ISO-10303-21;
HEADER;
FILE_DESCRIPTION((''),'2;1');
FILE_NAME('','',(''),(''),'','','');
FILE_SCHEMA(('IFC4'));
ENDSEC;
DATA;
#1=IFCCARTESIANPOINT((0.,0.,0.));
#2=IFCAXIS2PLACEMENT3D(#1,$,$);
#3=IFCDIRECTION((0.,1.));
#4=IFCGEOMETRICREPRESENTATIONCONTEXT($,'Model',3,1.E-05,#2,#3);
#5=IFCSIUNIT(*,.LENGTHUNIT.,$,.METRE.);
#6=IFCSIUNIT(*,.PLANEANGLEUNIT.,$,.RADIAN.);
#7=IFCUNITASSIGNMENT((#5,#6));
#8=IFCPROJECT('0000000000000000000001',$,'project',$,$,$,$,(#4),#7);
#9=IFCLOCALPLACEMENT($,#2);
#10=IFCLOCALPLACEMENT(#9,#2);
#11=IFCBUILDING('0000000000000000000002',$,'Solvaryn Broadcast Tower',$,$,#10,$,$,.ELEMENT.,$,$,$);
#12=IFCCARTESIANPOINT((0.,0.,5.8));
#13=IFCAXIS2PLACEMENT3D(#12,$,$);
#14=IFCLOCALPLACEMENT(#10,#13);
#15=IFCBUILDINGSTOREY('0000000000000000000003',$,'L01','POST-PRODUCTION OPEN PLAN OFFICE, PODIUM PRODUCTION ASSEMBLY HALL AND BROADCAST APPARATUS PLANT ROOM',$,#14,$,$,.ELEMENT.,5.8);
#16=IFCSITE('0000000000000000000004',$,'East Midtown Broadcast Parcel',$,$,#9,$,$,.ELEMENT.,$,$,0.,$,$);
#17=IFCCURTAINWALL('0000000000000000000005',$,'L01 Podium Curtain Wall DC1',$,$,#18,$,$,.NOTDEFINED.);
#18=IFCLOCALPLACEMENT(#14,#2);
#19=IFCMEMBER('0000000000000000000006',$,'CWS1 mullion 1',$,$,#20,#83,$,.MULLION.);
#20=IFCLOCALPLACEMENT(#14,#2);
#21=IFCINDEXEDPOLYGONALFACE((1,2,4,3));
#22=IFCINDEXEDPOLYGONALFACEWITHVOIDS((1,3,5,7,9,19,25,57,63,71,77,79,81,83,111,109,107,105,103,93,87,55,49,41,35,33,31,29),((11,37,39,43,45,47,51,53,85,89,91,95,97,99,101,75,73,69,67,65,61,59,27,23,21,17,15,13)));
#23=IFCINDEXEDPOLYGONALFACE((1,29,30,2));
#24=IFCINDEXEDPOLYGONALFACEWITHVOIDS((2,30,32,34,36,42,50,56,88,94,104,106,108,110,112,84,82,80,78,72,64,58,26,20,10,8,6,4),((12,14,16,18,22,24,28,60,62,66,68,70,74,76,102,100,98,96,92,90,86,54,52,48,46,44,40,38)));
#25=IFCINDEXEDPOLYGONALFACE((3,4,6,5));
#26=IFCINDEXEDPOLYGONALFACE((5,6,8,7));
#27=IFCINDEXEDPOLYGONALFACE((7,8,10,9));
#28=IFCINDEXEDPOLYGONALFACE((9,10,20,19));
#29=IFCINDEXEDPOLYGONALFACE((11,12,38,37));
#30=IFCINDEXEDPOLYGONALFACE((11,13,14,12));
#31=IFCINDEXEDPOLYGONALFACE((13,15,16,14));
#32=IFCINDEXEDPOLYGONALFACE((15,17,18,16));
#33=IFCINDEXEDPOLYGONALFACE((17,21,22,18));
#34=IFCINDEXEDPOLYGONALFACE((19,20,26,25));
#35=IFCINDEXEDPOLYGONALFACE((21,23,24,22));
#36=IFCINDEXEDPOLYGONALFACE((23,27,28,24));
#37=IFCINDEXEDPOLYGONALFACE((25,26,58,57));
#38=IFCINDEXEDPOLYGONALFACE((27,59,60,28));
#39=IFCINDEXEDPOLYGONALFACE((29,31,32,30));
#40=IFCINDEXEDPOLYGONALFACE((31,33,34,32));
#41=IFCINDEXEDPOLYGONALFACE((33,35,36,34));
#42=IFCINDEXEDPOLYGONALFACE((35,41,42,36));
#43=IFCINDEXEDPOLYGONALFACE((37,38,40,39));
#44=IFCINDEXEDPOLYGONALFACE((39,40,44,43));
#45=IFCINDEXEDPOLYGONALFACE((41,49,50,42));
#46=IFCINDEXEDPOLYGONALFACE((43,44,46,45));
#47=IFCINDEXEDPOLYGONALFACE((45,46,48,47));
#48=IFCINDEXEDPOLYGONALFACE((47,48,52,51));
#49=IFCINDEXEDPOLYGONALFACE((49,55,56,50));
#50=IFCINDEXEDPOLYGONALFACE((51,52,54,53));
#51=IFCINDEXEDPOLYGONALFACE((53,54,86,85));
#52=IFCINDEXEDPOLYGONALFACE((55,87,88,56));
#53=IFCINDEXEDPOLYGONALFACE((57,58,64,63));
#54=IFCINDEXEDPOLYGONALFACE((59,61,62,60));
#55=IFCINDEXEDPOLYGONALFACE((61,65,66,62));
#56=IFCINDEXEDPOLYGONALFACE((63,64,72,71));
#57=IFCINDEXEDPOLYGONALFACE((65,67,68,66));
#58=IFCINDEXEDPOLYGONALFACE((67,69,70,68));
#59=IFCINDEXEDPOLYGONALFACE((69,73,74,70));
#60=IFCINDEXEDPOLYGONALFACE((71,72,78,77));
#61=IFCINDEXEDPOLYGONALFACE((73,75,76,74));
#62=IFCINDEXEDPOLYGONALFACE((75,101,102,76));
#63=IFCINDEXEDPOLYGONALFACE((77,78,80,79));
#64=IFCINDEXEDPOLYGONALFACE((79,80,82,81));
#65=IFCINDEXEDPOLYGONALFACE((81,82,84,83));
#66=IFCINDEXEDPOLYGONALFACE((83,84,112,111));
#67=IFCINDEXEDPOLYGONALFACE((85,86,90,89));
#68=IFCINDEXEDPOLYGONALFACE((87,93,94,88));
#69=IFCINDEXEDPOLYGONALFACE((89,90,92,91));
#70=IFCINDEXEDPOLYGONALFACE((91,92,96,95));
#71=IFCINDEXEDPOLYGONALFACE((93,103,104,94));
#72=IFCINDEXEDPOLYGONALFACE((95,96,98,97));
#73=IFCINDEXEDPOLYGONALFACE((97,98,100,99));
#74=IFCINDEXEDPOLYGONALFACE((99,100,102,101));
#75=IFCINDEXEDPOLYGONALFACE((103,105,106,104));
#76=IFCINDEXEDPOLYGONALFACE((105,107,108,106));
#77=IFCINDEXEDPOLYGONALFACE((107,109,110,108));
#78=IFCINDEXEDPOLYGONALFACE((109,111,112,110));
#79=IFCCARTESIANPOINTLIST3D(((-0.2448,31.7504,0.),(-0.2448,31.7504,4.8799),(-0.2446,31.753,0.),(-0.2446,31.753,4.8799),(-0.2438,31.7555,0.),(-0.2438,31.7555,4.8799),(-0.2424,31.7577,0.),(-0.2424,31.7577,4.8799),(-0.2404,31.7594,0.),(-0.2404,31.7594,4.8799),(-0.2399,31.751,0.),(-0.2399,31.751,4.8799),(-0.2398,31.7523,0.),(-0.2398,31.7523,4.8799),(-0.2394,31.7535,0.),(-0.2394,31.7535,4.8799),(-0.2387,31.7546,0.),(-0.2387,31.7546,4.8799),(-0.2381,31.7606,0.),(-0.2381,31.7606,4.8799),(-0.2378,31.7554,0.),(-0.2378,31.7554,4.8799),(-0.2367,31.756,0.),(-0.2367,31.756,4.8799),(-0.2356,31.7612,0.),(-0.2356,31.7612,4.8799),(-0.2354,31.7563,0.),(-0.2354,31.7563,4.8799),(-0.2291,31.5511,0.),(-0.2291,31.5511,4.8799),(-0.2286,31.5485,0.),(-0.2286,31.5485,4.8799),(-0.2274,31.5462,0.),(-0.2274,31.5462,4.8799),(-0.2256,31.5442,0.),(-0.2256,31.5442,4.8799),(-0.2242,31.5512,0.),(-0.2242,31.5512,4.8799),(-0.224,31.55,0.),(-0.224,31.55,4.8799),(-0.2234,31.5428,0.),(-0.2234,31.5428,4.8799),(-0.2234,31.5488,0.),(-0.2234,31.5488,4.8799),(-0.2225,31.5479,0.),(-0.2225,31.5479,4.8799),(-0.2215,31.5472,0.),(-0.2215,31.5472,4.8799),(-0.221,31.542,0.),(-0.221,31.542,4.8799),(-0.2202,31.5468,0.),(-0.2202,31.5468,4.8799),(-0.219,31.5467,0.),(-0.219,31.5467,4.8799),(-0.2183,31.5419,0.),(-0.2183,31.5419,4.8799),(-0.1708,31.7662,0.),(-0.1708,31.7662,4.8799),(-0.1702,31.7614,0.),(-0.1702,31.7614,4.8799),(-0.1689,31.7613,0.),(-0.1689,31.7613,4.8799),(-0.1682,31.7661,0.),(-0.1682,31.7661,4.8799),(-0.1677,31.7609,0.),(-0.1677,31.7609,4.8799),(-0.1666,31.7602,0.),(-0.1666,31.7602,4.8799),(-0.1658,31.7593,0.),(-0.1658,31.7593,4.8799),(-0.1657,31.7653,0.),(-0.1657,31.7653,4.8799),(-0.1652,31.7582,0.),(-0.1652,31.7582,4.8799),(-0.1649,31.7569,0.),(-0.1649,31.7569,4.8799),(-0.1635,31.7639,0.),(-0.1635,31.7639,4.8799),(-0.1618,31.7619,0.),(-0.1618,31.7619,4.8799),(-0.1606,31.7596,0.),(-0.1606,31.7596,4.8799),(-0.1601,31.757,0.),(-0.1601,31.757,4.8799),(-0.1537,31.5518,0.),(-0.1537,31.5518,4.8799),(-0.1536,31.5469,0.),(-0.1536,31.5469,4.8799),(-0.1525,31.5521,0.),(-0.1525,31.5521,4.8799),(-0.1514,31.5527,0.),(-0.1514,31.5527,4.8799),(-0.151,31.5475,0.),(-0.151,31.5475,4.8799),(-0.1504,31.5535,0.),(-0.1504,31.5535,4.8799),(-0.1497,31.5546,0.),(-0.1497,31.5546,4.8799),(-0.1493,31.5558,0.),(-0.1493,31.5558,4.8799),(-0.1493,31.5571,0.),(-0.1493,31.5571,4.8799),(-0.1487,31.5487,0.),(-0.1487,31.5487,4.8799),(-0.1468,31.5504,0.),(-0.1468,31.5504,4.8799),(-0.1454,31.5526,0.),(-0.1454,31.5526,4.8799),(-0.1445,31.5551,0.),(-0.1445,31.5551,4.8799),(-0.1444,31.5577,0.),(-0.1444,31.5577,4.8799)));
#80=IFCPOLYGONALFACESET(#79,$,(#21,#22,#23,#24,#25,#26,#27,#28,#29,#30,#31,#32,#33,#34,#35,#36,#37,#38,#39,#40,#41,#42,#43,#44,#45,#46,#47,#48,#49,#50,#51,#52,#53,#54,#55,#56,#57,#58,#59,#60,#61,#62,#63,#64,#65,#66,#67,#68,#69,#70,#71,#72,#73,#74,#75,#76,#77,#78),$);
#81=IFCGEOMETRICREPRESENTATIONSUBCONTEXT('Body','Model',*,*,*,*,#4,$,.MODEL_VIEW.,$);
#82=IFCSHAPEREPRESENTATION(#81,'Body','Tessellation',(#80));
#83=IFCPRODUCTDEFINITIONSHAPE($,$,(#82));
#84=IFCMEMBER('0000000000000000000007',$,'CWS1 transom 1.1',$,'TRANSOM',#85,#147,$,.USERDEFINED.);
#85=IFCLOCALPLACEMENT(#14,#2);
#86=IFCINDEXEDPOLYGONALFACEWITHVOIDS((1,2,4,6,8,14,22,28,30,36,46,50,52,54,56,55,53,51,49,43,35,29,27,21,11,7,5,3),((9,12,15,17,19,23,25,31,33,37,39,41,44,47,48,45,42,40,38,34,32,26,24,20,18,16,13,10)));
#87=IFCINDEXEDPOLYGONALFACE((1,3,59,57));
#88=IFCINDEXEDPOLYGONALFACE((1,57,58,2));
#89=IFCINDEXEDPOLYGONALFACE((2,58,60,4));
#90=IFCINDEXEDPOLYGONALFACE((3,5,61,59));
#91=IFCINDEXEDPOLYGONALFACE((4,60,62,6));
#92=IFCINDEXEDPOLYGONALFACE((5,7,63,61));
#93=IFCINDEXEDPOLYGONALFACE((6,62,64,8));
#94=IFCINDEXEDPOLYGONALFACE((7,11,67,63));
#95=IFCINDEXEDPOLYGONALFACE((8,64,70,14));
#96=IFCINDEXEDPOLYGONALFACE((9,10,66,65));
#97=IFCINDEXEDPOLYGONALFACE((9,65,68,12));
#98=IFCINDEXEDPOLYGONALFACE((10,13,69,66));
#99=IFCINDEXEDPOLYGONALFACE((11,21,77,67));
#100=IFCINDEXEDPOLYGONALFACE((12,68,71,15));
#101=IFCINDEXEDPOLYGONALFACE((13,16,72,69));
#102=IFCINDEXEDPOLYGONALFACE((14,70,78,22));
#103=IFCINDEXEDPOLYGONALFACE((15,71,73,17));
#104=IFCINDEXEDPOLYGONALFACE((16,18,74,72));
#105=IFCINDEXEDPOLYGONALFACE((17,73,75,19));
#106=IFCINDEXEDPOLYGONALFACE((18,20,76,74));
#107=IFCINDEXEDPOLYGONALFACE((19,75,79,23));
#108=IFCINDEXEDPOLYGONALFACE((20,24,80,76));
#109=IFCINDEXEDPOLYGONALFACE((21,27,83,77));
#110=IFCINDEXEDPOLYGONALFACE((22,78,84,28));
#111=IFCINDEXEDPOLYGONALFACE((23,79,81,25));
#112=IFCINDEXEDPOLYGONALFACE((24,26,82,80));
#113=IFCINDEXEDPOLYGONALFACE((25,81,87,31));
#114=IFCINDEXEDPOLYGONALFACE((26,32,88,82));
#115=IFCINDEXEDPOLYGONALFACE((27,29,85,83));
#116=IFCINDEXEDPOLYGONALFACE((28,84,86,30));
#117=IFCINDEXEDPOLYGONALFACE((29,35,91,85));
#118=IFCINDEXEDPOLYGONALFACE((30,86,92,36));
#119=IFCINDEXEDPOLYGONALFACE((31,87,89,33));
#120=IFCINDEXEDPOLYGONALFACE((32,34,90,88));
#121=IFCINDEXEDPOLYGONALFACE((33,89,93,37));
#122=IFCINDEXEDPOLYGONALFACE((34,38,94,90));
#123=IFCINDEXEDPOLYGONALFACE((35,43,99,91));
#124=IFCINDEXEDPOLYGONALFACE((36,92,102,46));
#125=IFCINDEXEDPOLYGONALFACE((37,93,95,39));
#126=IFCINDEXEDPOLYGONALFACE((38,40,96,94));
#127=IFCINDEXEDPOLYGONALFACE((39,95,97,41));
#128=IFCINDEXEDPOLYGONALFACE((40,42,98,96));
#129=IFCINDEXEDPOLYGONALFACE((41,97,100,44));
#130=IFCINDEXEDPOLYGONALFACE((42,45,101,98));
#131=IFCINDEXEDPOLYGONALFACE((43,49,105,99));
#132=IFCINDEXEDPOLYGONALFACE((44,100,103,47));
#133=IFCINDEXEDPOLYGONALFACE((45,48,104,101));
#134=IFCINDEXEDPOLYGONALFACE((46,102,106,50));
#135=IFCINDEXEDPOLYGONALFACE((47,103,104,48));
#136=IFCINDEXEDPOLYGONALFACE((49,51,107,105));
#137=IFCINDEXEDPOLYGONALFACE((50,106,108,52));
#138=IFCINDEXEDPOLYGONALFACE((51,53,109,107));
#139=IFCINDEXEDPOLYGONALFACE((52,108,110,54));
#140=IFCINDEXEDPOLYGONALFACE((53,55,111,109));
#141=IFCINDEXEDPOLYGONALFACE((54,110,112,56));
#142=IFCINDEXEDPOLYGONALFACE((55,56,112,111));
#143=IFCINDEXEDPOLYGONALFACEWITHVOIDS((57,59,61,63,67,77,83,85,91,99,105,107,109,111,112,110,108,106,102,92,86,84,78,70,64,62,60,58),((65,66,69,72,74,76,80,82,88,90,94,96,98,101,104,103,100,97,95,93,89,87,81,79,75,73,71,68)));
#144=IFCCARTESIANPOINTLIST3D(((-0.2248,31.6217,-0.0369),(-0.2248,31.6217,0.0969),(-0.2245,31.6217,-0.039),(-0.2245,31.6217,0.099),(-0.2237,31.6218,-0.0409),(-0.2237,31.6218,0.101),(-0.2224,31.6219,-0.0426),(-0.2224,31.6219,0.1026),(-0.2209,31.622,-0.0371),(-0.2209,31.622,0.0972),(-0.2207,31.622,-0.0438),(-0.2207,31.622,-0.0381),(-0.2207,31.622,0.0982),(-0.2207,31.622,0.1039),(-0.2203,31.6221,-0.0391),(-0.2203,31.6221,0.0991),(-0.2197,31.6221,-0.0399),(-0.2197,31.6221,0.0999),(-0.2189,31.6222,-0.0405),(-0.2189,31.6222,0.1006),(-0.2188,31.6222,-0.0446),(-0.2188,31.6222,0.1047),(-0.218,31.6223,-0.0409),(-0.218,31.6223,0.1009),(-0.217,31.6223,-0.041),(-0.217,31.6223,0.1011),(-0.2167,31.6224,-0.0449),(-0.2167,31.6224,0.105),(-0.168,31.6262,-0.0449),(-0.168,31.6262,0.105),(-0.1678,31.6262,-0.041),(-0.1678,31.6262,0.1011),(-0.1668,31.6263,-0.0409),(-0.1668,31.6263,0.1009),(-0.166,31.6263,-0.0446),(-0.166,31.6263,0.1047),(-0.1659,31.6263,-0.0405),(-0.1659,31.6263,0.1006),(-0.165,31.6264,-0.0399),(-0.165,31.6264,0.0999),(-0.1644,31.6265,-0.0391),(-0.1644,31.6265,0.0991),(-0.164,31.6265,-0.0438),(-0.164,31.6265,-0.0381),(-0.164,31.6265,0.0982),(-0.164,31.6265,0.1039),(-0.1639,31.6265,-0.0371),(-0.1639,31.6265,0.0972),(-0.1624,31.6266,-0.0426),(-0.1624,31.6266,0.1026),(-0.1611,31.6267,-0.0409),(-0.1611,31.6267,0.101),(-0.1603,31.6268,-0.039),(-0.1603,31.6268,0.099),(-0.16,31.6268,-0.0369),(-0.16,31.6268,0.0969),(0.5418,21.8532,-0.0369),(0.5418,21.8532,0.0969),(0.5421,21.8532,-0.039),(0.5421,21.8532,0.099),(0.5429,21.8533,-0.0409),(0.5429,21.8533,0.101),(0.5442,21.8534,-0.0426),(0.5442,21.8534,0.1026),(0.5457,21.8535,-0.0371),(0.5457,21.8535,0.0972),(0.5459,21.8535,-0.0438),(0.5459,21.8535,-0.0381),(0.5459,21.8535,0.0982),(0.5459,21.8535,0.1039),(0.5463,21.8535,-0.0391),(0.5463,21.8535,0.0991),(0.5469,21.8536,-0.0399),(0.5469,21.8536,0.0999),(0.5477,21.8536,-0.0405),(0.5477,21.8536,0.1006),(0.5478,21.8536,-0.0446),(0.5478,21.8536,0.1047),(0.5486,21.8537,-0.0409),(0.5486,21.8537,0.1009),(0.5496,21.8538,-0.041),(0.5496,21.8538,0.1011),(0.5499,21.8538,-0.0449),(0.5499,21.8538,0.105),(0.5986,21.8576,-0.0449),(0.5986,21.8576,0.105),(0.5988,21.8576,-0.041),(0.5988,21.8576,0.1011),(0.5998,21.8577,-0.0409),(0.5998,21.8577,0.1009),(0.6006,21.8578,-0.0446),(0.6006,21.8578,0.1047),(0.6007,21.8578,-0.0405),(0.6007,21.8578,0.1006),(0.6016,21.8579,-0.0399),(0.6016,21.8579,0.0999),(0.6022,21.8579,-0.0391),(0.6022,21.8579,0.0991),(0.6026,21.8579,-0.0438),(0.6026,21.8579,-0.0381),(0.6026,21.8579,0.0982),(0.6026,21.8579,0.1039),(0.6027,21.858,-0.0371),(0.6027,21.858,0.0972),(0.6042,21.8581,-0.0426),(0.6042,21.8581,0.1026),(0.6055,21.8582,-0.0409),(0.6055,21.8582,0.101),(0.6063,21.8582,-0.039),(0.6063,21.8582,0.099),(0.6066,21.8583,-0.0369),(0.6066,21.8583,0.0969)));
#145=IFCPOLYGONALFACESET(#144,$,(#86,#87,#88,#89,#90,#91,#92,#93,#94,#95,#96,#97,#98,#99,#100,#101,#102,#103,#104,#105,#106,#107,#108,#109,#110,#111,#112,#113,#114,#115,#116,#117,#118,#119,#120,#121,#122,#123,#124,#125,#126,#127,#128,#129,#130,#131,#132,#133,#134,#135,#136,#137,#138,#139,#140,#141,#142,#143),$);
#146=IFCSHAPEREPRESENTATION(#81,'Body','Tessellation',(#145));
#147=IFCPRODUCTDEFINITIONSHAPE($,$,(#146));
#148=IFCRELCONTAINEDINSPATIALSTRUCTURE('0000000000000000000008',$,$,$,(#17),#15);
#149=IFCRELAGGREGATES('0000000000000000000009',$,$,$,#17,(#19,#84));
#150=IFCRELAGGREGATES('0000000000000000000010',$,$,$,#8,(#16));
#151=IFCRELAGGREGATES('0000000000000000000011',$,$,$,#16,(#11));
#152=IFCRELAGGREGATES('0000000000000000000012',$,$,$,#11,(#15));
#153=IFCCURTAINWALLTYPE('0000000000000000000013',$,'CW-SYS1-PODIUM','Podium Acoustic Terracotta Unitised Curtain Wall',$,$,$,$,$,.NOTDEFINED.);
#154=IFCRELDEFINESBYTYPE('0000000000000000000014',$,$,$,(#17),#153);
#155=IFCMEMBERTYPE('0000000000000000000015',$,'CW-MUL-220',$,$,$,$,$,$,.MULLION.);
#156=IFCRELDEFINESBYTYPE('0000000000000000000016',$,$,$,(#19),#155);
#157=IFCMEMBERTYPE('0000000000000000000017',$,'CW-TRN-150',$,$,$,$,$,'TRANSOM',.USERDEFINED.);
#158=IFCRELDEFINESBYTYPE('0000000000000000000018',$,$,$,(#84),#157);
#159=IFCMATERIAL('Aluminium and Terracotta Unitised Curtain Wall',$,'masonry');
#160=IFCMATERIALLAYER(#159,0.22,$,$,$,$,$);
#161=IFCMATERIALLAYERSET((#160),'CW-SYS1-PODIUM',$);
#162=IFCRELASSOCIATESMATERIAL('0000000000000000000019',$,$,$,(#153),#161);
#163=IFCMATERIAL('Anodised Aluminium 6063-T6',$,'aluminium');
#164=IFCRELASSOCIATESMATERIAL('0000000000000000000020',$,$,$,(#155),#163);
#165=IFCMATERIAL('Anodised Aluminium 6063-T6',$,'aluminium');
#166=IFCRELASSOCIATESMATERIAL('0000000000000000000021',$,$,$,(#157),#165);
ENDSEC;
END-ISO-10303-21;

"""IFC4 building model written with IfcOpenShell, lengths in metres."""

from ifc_helpers import new_model, si_unit, direction, frame, origin, origin_2d, place, context, subcontext, project, spatial, hollow_rectangle, extrude, material, layer, layer_set, material_profile, profile_set, type_object, element, aggregate, save


model = new_model("IFC4")

# Units and contexts
model_context = context("Model", 3, precision=1e-05, world=origin(), true_north=direction((0.0, 1.0)))
body_context = subcontext(model_context, "Body", "Model", "MODEL_VIEW")
ifc_project = project(units=[si_unit("LENGTHUNIT", "METRE"), si_unit("PLANEANGLEUNIT", "RADIAN")], contexts=[model_context])

# Site, building, storey
site_placement = place(None, origin())
site = spatial("IfcSite", under=ifc_project, at=site_placement, Name="East Midtown Broadcast Parcel", CompositionType="ELEMENT", RefElevation=0.0)
building_placement = place(site_placement, origin())
building = spatial("IfcBuilding", under=site, at=building_placement, Name="Solvaryn Broadcast Tower", CompositionType="ELEMENT")
storey_placement = place(building_placement, frame((0.0, 0.0, 5.8)))
storey = spatial("IfcBuildingStorey", under=building, at=storey_placement, Name="L01", Description="POST-PRODUCTION OPEN PLAN OFFICE, PODIUM PRODUCTION ASSEMBLY HALL AND BROADCAST APPARATUS PLANT ROOM", CompositionType="ELEMENT", Elevation=5.8)

# Curtain wall, members
ifc_material_1 = material(Name="Aluminium and Terracotta Unitised Curtain Wall", Category="masonry")
ifc_layer_1 = layer(ifc_material_1, 0.22)
ifc_layer_set_1 = layer_set([ifc_layer_1], Name="CW-SYS1-PODIUM")
curtain_wall_type = type_object("IfcCurtainWallType", Name="CW-SYS1-PODIUM", Description="Podium Acoustic Terracotta Unitised Curtain Wall", PredefinedType="NOTDEFINED", material=ifc_layer_set_1)
curtain_wall_placement = place(storey_placement, origin())
curtain_wall = element("IfcCurtainWall", 1, at=curtain_wall_placement, inside=storey, type_object=curtain_wall_type, Name="L01 Podium Curtain Wall DC1", PredefinedType="NOTDEFINED")
ifc_material_2 = material(Name="Anodised Aluminium 6063-T6", Category="aluminium")
ifc_material_profile_1 = material_profile(ifc_material_2, hollow_rectangle(XDim=0.085, YDim=0.22, WallThickness=0.0049, InnerFilletRadius=0.0049, OuterFilletRadius=0.01, at=origin_2d()))
ifc_profile_set_1 = profile_set([ifc_material_profile_1], Name="Anodised Aluminium 6063-T6")
member_type_1 = type_object("IfcMemberType", Name="CW-MUL-220", PredefinedType="MULLION", material=ifc_profile_set_1)
member_1_placement = place(storey_placement, frame((-0.1946, 31.6541, 0.0), z_axis=(0.0, 0.0, 1.0), x_axis=(0.996935, 0.078238, 0.0)))
member_1 = element("IfcMember", 2, at=member_1_placement, type_object=member_type_1, Name="CWS1 mullion 1", PredefinedType="MULLION", context=body_context, shape_type="SweptSolid", body=[
    extrude(hollow_rectangle(XDim=0.085, YDim=0.22, WallThickness=0.0049, InnerFilletRadius=0.0049, OuterFilletRadius=0.01, at=origin_2d()), origin(), (0.0, 0.0, 1.0), 4.8799),
])
ifc_material_3 = material(Name="Anodised Aluminium 6063-T6", Category="aluminium")
ifc_material_profile_2 = material_profile(ifc_material_3, hollow_rectangle(XDim=0.0649, YDim=0.1499, WallThickness=0.0039, InnerFilletRadius=0.0039, OuterFilletRadius=0.0081, at=origin_2d()))
ifc_profile_set_2 = profile_set([ifc_material_profile_2], Name="Anodised Aluminium 6063-T6")
member_type_2 = type_object("IfcMemberType", Name="CW-TRN-150", ElementType="TRANSOM", PredefinedType="USERDEFINED", material=ifc_profile_set_2)
member_2_placement = place(storey_placement, frame((-0.1924, 31.6243, 0.03), z_axis=(0.078236, -0.996935, 0.0), x_axis=(0.996935, 0.078236, 0.0)))
member_2 = element("IfcMember", 3, at=member_2_placement, type_object=member_type_2, Name="CWS1 transom 1.1", ObjectType="TRANSOM", PredefinedType="USERDEFINED", context=body_context, shape_type="SweptSolid", body=[
    extrude(hollow_rectangle(XDim=0.0649, YDim=0.1499, WallThickness=0.0039, InnerFilletRadius=0.0039, OuterFilletRadius=0.0081, at=origin_2d()), origin(), (0.0, 0.0, 1.0), 9.7986),
])
aggregate(curtain_wall, [member_1, member_2])

save(model, "model.ifc")
